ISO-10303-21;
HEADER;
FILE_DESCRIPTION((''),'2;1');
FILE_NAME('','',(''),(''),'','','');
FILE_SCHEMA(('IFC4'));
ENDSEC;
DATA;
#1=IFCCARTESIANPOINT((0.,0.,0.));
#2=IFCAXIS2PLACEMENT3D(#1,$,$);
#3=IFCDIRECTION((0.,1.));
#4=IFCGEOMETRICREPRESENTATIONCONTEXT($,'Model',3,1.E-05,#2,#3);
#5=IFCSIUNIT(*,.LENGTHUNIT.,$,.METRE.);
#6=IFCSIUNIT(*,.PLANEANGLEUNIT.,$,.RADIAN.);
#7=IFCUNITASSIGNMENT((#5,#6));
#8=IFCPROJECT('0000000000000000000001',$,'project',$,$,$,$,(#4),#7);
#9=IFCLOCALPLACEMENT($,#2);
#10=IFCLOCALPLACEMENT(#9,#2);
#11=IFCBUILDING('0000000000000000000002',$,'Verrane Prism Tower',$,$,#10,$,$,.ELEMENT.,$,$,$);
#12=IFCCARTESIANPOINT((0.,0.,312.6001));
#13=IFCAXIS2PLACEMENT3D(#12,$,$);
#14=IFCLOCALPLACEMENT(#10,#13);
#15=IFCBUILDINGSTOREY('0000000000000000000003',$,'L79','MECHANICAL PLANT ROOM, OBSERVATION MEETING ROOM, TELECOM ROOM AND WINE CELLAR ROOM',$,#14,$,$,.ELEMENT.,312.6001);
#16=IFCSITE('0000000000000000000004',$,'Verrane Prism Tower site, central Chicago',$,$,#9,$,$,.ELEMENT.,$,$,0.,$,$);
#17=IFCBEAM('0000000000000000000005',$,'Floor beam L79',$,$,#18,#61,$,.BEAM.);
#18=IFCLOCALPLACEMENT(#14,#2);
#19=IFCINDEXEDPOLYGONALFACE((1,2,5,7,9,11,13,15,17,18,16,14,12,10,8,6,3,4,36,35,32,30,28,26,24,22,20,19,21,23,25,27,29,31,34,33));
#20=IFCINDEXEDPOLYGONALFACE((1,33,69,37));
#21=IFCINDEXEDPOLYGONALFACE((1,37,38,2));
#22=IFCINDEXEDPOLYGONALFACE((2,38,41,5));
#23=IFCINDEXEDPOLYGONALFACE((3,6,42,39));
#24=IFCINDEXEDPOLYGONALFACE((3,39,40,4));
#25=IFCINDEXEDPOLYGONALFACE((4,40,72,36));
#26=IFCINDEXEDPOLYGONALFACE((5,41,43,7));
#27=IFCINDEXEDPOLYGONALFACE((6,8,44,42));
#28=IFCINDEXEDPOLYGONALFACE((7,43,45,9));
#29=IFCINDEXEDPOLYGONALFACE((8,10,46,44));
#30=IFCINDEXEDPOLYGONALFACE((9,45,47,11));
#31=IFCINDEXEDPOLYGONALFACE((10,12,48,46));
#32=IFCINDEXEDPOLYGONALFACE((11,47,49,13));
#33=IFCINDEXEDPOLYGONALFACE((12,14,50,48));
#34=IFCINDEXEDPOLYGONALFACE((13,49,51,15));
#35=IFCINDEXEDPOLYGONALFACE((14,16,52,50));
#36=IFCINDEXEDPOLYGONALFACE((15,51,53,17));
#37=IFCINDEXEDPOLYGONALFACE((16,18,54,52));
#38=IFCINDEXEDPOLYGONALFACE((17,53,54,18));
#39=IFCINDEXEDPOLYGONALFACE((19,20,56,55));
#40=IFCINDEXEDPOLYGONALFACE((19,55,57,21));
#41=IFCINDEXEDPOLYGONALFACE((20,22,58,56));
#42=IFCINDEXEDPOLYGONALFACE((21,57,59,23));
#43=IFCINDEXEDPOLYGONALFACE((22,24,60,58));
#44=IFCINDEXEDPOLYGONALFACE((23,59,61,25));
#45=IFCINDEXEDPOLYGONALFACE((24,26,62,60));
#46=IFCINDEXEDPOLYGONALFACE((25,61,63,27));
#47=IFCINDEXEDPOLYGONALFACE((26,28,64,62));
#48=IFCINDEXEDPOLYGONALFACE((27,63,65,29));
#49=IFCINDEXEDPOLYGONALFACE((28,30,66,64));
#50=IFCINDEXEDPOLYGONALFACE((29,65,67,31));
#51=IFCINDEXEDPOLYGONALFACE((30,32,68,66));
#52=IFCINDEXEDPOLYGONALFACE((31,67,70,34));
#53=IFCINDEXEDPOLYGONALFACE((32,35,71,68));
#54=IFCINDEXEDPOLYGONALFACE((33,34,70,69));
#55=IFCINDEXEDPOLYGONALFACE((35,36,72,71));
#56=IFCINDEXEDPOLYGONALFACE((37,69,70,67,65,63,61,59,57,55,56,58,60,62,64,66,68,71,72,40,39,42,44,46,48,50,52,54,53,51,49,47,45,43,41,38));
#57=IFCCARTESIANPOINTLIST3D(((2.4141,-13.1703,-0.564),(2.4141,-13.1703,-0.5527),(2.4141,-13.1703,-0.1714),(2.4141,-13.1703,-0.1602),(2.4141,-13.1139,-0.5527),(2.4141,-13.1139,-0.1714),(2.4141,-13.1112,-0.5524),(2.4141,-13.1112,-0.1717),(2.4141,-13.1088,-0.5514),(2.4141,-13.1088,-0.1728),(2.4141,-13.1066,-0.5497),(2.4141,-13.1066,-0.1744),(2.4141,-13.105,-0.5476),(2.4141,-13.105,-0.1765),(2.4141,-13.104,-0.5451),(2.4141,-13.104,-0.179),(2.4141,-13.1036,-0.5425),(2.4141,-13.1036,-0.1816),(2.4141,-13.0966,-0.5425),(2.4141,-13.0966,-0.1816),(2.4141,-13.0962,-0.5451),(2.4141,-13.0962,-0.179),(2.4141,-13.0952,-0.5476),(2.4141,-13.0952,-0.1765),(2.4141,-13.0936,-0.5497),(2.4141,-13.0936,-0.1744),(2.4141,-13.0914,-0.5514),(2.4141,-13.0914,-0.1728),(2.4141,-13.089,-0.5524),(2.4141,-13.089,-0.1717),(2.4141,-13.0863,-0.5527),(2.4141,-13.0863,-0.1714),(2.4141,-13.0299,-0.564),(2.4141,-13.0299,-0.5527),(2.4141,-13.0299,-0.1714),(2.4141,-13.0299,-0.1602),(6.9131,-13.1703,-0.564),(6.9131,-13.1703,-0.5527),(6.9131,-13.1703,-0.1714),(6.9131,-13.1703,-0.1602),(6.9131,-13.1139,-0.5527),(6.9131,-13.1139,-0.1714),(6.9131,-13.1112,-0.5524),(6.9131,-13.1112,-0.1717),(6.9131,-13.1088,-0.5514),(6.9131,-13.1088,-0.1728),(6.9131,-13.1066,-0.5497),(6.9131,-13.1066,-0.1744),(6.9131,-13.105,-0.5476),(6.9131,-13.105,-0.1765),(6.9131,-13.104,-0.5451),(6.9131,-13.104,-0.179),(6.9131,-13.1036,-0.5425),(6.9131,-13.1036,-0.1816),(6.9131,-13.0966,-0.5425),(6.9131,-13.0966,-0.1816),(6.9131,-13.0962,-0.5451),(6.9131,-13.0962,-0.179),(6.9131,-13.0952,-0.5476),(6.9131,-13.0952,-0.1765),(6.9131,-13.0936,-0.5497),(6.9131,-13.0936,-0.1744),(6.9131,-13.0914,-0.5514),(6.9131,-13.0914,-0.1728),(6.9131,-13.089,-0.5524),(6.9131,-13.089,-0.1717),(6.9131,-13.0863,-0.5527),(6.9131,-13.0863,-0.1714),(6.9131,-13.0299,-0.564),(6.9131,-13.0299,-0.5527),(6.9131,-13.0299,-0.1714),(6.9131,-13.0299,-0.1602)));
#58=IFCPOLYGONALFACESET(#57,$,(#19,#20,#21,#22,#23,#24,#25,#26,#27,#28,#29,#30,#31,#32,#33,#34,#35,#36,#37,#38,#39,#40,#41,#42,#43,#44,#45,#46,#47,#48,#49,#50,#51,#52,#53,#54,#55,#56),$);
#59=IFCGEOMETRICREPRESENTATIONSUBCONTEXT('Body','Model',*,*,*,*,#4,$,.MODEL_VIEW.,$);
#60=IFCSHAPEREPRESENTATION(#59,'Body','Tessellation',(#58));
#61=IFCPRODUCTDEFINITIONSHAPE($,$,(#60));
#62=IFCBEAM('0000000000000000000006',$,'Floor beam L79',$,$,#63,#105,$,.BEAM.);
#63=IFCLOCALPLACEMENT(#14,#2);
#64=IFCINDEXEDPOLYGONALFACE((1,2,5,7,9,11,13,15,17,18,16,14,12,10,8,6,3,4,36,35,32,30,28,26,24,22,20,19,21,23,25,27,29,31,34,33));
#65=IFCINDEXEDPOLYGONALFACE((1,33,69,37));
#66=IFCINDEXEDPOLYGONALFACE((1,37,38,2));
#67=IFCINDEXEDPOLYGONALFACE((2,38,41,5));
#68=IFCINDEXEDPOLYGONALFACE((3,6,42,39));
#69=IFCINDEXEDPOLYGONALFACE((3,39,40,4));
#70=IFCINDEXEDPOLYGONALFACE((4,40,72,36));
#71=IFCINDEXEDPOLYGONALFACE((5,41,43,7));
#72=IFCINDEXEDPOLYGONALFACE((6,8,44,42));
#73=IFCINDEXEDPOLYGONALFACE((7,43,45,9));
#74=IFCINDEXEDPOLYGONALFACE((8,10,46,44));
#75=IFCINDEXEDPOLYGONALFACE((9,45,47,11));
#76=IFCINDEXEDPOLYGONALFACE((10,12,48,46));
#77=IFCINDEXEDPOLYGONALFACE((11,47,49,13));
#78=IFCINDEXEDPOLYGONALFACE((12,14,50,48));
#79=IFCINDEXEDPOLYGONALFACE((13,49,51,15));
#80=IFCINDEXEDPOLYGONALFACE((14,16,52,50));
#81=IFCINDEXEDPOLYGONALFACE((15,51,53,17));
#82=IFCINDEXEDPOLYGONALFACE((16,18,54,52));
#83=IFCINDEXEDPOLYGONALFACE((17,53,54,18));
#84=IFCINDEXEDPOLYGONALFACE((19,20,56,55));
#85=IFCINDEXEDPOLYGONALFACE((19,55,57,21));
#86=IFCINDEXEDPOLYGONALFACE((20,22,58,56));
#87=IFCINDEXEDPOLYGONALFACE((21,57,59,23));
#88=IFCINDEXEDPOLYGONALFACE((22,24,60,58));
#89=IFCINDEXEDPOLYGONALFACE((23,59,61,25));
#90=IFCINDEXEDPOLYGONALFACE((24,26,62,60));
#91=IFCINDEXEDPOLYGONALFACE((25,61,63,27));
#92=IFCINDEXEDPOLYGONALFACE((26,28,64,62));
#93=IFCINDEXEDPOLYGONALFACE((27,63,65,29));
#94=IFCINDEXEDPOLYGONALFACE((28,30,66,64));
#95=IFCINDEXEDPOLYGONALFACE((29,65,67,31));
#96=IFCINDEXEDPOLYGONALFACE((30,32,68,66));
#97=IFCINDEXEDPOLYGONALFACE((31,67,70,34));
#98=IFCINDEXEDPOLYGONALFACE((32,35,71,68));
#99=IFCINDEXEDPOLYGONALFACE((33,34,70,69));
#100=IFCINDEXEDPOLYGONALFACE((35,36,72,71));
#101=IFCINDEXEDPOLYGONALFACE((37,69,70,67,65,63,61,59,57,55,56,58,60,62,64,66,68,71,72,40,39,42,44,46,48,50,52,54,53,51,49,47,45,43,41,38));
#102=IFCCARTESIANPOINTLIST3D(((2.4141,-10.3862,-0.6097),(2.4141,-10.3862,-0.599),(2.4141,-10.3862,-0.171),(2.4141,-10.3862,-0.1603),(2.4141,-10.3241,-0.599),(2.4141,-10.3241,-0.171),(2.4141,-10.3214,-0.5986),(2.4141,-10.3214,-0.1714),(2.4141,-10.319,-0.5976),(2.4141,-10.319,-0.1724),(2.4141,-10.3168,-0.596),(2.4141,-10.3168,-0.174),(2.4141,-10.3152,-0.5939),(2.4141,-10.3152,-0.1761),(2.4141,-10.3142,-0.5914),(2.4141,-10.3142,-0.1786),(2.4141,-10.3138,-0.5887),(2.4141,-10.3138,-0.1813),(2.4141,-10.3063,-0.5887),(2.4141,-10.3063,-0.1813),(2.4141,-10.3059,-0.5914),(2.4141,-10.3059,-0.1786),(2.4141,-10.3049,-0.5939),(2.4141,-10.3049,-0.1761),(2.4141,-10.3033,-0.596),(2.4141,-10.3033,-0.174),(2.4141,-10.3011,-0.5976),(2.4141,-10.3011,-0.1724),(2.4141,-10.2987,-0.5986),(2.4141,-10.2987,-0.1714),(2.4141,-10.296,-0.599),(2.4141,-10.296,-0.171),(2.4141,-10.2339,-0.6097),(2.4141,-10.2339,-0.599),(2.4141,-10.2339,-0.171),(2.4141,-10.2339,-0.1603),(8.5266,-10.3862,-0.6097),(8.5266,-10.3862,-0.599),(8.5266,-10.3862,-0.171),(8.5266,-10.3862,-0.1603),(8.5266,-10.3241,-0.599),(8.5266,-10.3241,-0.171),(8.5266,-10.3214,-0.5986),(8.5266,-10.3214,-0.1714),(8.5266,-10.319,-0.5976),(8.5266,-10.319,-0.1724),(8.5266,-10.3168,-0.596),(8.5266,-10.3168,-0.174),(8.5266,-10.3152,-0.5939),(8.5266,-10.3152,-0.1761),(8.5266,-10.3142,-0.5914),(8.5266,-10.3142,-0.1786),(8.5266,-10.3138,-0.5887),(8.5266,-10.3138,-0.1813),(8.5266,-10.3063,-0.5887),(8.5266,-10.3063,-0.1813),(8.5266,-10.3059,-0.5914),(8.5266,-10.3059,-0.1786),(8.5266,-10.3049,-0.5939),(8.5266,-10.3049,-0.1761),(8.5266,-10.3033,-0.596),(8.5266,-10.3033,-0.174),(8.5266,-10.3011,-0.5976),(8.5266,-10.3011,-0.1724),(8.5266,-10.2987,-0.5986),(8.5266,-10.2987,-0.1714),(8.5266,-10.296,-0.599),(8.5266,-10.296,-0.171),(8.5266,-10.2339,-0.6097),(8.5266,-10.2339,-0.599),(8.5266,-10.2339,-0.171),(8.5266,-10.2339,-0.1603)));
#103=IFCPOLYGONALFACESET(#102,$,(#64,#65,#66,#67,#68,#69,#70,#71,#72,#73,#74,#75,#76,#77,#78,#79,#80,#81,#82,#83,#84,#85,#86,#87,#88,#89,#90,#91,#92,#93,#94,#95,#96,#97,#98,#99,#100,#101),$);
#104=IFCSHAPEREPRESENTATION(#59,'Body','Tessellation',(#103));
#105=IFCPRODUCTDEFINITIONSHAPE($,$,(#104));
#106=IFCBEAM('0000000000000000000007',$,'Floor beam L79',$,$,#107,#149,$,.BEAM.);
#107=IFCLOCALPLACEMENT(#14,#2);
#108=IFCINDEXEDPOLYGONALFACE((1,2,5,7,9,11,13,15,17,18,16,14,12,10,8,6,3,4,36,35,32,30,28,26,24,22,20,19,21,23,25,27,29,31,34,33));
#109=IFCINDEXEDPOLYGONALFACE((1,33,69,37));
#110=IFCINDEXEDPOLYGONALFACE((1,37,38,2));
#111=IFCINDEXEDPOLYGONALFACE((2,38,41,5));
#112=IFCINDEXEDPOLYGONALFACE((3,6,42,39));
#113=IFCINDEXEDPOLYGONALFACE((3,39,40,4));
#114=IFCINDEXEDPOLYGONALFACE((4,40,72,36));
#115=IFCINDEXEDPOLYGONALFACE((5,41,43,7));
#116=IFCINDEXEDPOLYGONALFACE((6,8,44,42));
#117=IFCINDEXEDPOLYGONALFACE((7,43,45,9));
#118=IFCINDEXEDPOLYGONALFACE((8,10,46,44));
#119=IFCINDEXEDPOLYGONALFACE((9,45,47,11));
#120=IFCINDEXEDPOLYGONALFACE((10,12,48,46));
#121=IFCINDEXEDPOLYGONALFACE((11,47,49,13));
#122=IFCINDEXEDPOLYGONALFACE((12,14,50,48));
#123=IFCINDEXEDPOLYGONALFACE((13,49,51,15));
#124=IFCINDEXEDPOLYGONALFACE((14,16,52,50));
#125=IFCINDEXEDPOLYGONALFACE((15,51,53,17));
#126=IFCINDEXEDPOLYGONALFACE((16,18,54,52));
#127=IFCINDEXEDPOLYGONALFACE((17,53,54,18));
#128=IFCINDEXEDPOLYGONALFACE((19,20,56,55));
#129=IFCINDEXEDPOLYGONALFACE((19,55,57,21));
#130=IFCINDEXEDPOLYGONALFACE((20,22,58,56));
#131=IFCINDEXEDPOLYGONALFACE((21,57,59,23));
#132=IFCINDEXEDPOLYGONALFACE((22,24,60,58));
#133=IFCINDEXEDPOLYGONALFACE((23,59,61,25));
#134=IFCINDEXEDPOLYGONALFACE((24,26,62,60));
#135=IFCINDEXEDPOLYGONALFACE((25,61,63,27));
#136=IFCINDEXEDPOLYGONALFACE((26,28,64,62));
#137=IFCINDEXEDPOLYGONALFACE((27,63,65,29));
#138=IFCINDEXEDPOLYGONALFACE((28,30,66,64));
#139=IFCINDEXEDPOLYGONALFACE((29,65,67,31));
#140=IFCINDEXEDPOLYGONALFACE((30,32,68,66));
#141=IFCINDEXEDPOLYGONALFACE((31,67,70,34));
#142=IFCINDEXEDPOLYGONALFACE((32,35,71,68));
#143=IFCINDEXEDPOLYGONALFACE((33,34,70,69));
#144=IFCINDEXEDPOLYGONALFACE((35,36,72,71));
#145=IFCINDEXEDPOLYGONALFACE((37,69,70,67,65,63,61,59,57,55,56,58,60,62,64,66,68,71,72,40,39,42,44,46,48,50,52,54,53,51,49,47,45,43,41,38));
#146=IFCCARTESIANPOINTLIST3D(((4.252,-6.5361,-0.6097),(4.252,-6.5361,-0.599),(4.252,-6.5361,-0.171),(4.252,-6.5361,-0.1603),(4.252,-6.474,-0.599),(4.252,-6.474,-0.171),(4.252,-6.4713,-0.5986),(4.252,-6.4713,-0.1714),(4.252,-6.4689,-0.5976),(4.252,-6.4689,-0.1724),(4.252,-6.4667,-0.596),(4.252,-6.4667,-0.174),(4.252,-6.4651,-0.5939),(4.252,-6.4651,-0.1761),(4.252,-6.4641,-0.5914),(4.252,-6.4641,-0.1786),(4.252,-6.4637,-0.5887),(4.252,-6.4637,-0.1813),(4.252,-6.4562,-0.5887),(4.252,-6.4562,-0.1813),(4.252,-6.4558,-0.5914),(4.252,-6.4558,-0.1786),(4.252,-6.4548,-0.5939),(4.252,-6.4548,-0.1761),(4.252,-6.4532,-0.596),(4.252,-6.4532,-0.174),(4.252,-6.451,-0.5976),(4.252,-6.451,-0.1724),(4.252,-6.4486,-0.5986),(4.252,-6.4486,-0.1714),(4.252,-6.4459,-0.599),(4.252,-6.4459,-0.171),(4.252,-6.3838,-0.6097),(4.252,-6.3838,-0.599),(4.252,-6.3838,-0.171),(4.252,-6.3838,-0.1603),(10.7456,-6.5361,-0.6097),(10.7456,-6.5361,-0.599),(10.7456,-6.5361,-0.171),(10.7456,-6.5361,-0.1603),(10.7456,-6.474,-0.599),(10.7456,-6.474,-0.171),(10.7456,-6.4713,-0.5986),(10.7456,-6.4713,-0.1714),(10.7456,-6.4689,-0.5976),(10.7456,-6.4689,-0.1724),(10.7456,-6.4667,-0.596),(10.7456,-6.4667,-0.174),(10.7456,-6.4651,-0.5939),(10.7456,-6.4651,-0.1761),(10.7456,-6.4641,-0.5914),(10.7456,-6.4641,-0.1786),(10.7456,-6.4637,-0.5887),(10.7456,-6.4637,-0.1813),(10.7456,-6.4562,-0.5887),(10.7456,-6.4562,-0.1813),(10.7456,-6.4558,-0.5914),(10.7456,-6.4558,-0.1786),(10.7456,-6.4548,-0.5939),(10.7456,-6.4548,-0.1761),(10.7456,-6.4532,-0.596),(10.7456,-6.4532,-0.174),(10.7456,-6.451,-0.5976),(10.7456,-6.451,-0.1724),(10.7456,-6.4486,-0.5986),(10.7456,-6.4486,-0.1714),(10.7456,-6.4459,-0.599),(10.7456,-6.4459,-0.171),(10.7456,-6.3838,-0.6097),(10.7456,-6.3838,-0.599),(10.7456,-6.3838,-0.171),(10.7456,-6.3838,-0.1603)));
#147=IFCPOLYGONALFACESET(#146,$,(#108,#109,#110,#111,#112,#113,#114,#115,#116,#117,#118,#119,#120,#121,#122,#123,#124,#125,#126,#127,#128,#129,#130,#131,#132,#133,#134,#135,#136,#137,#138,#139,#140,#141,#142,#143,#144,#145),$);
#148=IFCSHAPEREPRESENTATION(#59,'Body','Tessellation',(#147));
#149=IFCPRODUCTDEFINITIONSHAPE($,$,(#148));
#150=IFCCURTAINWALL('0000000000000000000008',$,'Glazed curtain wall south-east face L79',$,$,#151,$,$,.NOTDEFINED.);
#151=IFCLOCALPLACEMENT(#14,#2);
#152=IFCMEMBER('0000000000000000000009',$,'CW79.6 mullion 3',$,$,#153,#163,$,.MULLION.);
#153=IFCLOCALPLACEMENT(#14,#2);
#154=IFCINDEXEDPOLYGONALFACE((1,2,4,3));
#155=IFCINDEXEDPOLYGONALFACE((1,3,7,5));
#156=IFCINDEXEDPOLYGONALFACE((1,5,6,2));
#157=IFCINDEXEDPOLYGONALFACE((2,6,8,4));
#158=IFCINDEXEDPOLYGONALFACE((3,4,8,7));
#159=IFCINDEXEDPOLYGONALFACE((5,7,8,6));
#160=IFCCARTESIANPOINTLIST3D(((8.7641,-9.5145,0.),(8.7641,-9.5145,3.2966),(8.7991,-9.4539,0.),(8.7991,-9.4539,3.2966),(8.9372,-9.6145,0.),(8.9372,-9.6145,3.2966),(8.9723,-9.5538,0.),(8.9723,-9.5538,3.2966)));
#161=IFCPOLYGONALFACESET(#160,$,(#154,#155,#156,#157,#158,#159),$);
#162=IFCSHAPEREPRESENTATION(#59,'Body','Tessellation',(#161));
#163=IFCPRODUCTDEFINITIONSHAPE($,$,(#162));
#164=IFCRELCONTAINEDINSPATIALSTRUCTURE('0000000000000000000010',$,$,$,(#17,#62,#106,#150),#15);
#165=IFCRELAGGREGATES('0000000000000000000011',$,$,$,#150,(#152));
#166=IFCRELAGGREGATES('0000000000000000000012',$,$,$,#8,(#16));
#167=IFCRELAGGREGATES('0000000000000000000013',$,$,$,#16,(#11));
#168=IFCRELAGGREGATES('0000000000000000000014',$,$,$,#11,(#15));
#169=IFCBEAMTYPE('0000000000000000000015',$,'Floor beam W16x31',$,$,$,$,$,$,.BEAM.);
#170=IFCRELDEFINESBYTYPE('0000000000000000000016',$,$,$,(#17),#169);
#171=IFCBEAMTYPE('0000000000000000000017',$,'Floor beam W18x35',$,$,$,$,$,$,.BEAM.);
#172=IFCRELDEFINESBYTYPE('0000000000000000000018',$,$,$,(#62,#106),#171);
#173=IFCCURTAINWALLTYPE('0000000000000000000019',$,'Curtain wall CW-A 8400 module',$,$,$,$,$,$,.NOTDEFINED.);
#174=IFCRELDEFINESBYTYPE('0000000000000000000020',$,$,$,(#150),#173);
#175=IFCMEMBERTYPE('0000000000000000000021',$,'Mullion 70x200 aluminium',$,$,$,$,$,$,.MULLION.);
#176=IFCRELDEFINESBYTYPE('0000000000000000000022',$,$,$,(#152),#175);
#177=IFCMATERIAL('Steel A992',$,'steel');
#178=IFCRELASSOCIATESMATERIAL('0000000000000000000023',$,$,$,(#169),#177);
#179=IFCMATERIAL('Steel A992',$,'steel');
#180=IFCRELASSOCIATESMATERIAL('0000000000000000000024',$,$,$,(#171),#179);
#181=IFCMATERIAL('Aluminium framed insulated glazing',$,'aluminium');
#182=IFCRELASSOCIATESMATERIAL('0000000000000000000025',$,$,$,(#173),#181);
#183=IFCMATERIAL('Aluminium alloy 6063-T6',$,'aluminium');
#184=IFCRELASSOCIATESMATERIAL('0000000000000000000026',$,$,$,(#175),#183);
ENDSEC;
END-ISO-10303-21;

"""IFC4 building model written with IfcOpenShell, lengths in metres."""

from ifc_helpers import new_model, si_unit, direction, frame, origin, origin_2d, place, context, subcontext, project, spatial, rectangle, i_section, extrude, material, material_profile, profile_set, type_object, element, aggregate, save


model = new_model("IFC4")

# Units and contexts
model_context = context("Model", 3, precision=1e-05, world=origin(), true_north=direction((0.0, 1.0)))
body_context = subcontext(model_context, "Body", "Model", "MODEL_VIEW")
ifc_project = project(units=[si_unit("LENGTHUNIT", "METRE"), si_unit("PLANEANGLEUNIT", "RADIAN")], contexts=[model_context])

# Site, building, storey
site_placement = place(None, origin())
site = spatial("IfcSite", under=ifc_project, at=site_placement, Name="Verrane Prism Tower site, central Chicago", CompositionType="ELEMENT", RefElevation=0.0)
building_placement = place(site_placement, origin())
building = spatial("IfcBuilding", under=site, at=building_placement, Name="Verrane Prism Tower", CompositionType="ELEMENT")
storey_placement = place(building_placement, frame((0.0, 0.0, 312.6001)))
storey = spatial("IfcBuildingStorey", under=building, at=storey_placement, Name="L79", Description="MECHANICAL PLANT ROOM, OBSERVATION MEETING ROOM, TELECOM ROOM AND WINE CELLAR ROOM", CompositionType="ELEMENT", Elevation=312.6001)

# Beams
ifc_material_1 = material(Name="Steel A992", Category="steel")
ifc_material_profile_1 = material_profile(ifc_material_1, i_section(OverallWidth=0.1404, OverallDepth=0.4038, WebThickness=0.0071, FlangeThickness=0.0112, FilletRadius=0.0103, at=origin_2d()), Name="W16x31")
ifc_profile_set_1 = profile_set([ifc_material_profile_1], Name="Steel A992")
beam_type_1 = type_object("IfcBeamType", Name="Floor beam W16x31", PredefinedType="BEAM", material=ifc_profile_set_1)
beam_1_placement = place(storey_placement, frame((2.4141, -13.1001, -0.3621), z_axis=(1.0, 0.0, 0.0), x_axis=(0.0, 1.0, 0.0)))
element("IfcBeam", 1, at=beam_1_placement, inside=storey, type_object=beam_type_1, Name="Floor beam L79", PredefinedType="BEAM", context=body_context, shape_type="SweptSolid", body=[
    extrude(i_section(OverallWidth=0.1404, OverallDepth=0.4038, WebThickness=0.0071, FlangeThickness=0.0112, FilletRadius=0.0103, at=origin_2d()), origin(), (0.0, 0.0, 1.0), 4.499),
])
ifc_material_2 = material(Name="Steel A992", Category="steel")
ifc_material_profile_2 = material_profile(ifc_material_2, i_section(OverallWidth=0.1523, OverallDepth=0.4495, WebThickness=0.0076, FlangeThickness=0.0107, FilletRadius=0.0103, at=origin_2d()), Name="W18x35")
ifc_profile_set_2 = profile_set([ifc_material_profile_2], Name="Steel A992")
beam_type_2 = type_object("IfcBeamType", Name="Floor beam W18x35", PredefinedType="BEAM", material=ifc_profile_set_2)
beam_2_placement = place(storey_placement, frame((2.4141, -10.3101, -0.385), z_axis=(1.0, 0.0, 0.0), x_axis=(0.0, 1.0, 0.0)))
element("IfcBeam", 2, at=beam_2_placement, inside=storey, type_object=beam_type_2, Name="Floor beam L79", PredefinedType="BEAM", context=body_context, shape_type="SweptSolid", body=[
    extrude(i_section(OverallWidth=0.1523, OverallDepth=0.4495, WebThickness=0.0076, FlangeThickness=0.0107, FilletRadius=0.0103, at=origin_2d()), origin(), (0.0, 0.0, 1.0), 6.1125),
])
beam_3_placement = place(storey_placement, frame((4.252, -6.46, -0.385), z_axis=(1.0, 0.0, 0.0), x_axis=(0.0, 1.0, 0.0)))
element("IfcBeam", 3, at=beam_3_placement, inside=storey, type_object=beam_type_2, Name="Floor beam L79", PredefinedType="BEAM", context=body_context, shape_type="SweptSolid", body=[
    extrude(i_section(OverallWidth=0.1523, OverallDepth=0.4495, WebThickness=0.0076, FlangeThickness=0.0107, FilletRadius=0.0103, at=origin_2d()), origin(), (0.0, 0.0, 1.0), 6.4937),
])

# Curtain wall, member
ifc_material_3 = material(Name="Aluminium framed insulated glazing", Category="aluminium")
curtain_wall_type = type_object("IfcCurtainWallType", Name="Curtain wall CW-A 8400 module", PredefinedType="NOTDEFINED", material=ifc_material_3)
curtain_wall_placement = place(storey_placement, origin())
curtain_wall = element("IfcCurtainWall", 4, at=curtain_wall_placement, inside=storey, type_object=curtain_wall_type, Name="Glazed curtain wall south-east face L79", PredefinedType="NOTDEFINED")
ifc_material_4 = material(Name="Aluminium alloy 6063-T6", Category="aluminium")
ifc_material_profile_3 = material_profile(ifc_material_4, rectangle(XDim=0.2, YDim=0.0701, at=origin_2d()), Name="Mullion 70x200 aluminium")
ifc_profile_set_3 = profile_set([ifc_material_profile_3], Name="Aluminium alloy 6063-T6")
member_type_1 = type_object("IfcMemberType", Name="Mullion 70x200 aluminium", PredefinedType="MULLION", material=ifc_profile_set_3)
member_1_placement = place(storey_placement, frame((8.8682, -9.5342, 0.0), z_axis=(0.0, 0.0, 1.0), x_axis=(-0.866025, 0.5, 0.0)))
member_1 = element("IfcMember", 5, at=member_1_placement, type_object=member_type_1, Name="CW79.6 mullion 3", PredefinedType="MULLION", context=body_context, shape_type="SweptSolid", body=[
    extrude(rectangle(XDim=0.2, YDim=0.0701, at=origin_2d()), origin(), (0.0, 0.0, 1.0), 3.2966),
])

aggregate(curtain_wall, [member_1])

save(model, "model.ifc")
